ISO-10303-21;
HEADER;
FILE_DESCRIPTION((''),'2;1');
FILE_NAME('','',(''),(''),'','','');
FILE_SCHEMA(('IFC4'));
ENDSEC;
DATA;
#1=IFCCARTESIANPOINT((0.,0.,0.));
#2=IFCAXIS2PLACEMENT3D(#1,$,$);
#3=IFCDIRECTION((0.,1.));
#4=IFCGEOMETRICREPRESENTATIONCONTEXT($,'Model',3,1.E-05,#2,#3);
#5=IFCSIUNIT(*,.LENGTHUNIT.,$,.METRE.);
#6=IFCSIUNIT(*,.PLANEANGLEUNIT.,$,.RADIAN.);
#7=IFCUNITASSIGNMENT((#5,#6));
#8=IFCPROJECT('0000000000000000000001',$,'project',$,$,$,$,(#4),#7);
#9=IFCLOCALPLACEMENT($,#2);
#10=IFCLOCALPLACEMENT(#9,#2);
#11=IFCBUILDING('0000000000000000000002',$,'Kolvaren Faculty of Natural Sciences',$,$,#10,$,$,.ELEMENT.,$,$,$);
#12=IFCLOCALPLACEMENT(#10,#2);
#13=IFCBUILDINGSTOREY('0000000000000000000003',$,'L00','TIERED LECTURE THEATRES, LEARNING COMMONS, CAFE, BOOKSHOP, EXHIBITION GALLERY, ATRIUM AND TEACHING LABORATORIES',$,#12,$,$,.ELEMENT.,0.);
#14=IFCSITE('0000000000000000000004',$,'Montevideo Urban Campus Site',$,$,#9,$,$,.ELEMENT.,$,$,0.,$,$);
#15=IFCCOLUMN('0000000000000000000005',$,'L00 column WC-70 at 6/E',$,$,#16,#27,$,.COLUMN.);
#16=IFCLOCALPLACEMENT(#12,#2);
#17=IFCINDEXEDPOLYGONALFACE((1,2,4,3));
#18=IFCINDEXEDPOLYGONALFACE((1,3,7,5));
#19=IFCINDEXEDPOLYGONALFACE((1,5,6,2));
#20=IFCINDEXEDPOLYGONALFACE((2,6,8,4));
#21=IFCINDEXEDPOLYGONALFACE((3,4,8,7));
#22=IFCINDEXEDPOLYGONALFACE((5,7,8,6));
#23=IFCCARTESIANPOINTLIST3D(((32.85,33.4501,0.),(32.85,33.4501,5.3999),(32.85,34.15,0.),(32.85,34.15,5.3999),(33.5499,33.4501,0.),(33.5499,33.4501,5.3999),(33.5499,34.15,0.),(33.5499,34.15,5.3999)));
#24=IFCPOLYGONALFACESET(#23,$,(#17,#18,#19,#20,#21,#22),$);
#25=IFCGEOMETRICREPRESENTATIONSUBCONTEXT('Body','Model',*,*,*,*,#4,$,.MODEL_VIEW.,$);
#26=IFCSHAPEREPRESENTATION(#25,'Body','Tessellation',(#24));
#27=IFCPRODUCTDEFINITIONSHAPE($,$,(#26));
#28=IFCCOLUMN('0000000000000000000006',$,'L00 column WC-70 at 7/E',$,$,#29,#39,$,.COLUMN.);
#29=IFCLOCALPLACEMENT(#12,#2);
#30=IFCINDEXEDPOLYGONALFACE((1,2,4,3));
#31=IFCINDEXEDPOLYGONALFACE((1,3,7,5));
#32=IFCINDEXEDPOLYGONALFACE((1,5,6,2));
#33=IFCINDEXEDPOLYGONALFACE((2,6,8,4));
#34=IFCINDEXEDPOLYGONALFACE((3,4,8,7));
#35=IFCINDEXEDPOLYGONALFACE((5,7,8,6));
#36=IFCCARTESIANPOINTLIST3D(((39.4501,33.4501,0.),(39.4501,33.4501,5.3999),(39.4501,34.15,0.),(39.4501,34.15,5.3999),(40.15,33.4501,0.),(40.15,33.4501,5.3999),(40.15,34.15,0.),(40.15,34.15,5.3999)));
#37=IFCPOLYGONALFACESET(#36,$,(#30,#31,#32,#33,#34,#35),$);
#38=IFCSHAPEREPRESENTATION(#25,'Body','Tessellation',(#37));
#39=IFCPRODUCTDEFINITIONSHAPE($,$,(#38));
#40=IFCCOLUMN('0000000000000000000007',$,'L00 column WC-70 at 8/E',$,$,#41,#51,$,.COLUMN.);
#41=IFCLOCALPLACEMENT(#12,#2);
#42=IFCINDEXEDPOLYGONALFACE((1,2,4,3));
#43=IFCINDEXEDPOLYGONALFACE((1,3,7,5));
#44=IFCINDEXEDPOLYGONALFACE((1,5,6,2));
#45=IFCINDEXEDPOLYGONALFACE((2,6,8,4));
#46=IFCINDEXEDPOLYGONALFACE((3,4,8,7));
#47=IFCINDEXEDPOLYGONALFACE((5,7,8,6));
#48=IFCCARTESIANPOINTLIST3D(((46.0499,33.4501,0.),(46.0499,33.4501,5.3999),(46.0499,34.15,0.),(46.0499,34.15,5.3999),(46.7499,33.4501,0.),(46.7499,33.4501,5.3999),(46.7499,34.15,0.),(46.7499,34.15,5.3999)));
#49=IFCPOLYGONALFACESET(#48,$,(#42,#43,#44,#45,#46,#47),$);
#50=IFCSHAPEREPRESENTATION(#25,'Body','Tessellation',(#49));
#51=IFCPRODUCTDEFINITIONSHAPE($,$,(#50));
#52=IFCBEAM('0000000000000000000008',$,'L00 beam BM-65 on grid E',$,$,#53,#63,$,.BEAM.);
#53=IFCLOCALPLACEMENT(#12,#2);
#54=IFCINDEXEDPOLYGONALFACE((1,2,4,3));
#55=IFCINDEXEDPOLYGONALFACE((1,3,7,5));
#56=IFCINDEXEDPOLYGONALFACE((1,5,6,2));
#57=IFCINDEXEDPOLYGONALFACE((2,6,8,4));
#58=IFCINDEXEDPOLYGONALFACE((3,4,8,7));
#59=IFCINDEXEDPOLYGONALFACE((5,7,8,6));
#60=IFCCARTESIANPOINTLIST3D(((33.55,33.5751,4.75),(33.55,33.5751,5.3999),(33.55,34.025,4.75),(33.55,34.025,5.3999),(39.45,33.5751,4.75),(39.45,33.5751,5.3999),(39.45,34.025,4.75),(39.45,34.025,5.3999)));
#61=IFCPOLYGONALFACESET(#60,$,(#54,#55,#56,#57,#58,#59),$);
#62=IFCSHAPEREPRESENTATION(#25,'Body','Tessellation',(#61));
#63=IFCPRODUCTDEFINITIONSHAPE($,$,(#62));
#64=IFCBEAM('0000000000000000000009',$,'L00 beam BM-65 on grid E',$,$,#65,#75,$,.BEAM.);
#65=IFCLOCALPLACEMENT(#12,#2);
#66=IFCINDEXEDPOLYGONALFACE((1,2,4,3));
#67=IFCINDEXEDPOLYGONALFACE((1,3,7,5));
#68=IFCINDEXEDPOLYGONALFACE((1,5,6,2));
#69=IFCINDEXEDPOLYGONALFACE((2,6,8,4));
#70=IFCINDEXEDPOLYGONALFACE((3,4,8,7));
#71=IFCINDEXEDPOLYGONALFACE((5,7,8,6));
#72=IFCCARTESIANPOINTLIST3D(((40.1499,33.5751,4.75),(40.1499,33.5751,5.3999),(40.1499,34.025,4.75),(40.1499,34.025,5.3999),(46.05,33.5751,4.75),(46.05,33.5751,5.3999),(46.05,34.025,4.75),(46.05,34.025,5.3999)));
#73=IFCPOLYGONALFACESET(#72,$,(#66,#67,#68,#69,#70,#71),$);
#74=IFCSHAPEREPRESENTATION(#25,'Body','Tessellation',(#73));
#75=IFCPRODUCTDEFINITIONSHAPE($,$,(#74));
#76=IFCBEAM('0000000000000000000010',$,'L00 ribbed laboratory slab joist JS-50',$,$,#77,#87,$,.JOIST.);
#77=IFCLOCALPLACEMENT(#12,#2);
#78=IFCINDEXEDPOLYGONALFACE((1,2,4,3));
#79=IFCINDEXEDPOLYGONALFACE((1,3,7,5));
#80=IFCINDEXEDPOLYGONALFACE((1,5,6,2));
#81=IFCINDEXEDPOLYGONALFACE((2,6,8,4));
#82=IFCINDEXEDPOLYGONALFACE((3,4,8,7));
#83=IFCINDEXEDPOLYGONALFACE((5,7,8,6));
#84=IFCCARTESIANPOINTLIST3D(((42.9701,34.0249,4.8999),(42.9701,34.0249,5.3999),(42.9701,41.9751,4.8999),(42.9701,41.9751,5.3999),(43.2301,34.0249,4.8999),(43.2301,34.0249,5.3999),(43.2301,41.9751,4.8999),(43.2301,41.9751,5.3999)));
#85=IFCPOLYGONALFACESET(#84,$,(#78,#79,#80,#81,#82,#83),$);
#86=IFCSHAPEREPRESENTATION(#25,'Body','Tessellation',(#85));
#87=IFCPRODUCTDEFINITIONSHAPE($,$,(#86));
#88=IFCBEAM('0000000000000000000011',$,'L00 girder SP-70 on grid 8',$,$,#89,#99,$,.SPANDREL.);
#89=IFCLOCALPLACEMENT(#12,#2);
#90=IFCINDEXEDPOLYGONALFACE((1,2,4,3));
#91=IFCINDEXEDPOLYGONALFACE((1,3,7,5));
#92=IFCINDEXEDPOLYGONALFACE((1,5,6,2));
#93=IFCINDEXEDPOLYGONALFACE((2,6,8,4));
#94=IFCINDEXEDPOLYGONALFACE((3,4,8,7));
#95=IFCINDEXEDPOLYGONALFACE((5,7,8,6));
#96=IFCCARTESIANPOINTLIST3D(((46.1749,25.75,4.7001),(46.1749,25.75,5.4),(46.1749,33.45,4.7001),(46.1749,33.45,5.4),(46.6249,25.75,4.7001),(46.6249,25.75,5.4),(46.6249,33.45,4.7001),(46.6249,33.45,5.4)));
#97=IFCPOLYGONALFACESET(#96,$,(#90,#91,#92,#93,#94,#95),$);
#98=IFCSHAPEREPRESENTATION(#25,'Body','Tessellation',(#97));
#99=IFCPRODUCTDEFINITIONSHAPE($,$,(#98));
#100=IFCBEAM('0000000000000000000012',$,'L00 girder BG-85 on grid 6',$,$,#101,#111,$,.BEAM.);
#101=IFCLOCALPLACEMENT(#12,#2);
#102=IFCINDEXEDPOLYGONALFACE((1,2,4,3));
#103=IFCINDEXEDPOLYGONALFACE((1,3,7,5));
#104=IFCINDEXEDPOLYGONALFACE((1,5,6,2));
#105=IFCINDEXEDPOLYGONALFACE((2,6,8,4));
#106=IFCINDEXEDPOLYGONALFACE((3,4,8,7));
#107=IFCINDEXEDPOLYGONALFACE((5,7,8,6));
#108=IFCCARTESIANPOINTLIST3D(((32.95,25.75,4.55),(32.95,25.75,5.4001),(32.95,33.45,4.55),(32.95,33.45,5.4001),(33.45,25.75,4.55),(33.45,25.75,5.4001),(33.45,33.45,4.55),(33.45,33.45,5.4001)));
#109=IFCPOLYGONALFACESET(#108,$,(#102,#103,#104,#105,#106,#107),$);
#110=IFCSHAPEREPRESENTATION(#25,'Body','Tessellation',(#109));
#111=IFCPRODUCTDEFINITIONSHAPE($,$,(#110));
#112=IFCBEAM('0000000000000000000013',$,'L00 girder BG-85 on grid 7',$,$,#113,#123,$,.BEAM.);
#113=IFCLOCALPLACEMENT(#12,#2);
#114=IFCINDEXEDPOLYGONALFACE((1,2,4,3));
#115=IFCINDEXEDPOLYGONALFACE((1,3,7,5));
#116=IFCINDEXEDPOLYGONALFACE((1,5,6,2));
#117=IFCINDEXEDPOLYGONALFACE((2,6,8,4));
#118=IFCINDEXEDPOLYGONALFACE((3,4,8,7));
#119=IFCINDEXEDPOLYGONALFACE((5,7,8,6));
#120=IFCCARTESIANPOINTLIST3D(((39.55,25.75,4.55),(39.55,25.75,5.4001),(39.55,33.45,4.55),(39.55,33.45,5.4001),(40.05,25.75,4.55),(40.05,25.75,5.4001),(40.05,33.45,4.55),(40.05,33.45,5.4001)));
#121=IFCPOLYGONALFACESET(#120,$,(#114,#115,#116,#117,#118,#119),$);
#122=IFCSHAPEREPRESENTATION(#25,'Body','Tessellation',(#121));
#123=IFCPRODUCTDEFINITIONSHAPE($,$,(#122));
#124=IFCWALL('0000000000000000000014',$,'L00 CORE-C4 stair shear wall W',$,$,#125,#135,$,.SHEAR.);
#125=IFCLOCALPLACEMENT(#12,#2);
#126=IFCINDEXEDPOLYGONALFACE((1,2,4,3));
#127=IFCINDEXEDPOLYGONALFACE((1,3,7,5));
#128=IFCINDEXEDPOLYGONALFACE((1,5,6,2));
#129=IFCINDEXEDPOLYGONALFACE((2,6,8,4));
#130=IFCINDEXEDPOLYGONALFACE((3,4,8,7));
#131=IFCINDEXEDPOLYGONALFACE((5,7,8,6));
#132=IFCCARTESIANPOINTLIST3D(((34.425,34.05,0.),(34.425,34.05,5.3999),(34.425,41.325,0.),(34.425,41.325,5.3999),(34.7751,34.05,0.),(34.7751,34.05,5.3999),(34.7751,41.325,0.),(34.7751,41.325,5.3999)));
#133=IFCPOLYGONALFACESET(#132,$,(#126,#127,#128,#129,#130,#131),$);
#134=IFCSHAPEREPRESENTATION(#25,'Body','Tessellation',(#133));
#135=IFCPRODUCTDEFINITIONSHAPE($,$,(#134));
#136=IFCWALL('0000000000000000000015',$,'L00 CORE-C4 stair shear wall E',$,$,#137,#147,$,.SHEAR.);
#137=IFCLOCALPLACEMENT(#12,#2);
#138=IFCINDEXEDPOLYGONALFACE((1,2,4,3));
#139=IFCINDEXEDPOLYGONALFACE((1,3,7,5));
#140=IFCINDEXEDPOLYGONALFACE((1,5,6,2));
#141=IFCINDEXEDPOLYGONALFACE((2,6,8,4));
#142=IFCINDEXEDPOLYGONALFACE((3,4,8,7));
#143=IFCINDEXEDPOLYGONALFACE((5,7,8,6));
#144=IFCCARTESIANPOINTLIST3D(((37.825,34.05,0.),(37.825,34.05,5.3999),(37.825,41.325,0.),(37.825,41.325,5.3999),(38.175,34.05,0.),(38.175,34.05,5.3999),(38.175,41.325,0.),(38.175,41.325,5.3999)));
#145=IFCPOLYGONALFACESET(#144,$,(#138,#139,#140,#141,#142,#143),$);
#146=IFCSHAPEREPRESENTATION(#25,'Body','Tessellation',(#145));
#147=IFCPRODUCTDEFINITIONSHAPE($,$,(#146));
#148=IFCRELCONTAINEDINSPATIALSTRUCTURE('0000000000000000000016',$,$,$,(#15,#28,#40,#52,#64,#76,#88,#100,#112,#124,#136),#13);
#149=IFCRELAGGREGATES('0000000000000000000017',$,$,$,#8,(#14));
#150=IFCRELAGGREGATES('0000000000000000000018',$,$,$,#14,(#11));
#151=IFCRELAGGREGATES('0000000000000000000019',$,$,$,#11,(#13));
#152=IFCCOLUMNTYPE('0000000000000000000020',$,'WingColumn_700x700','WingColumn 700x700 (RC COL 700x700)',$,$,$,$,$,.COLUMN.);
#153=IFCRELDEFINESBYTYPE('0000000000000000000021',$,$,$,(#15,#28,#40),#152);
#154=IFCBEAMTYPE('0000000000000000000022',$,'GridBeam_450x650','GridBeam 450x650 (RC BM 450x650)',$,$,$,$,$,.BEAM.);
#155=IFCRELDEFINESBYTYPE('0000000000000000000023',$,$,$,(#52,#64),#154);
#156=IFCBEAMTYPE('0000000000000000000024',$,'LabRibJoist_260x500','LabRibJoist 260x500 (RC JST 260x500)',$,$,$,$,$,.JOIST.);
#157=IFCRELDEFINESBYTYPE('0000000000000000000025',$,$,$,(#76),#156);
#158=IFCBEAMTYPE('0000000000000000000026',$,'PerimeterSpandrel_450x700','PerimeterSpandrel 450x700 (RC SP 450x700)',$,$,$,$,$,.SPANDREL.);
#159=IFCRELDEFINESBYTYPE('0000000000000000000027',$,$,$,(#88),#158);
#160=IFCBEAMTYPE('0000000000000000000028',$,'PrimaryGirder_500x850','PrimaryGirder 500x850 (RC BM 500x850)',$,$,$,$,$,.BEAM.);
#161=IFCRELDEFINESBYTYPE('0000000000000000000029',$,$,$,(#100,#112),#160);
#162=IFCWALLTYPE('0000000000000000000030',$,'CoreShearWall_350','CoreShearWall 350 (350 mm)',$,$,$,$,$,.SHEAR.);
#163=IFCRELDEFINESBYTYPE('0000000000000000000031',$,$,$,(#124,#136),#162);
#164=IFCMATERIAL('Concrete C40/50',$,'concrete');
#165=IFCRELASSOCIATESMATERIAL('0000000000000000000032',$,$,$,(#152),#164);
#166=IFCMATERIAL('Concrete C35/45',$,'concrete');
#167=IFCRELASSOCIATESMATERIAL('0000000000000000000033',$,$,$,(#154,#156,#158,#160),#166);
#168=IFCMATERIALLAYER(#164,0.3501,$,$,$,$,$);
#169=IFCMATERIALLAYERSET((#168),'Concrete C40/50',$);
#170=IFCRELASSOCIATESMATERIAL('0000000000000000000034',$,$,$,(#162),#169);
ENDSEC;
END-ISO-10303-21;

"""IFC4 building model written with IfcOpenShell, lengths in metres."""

from ifc_helpers import new_model, si_unit, direction, frame, frame_2d, origin, origin_2d, place, context, subcontext, project, spatial, rectangle, extrude, material, layer, layer_set, material_profile, profile_set, type_object, element, save


model = new_model("IFC4")

# Units and contexts
model_context = context("Model", 3, precision=1e-05, world=origin(), true_north=direction((0.0, 1.0)))
body_context = subcontext(model_context, "Body", "Model", "MODEL_VIEW")
ifc_project = project(units=[si_unit("LENGTHUNIT", "METRE"), si_unit("PLANEANGLEUNIT", "RADIAN")], contexts=[model_context])

# Site, building, storey
site_placement = place(None, origin())
site = spatial("IfcSite", under=ifc_project, at=site_placement, Name="Montevideo Urban Campus Site", CompositionType="ELEMENT", RefElevation=0.0)
building_placement = place(site_placement, origin())
building = spatial("IfcBuilding", under=site, at=building_placement, Name="Kolvaren Faculty of Natural Sciences", CompositionType="ELEMENT")
storey_placement = place(building_placement, origin())
storey = spatial("IfcBuildingStorey", under=building, at=storey_placement, Name="L00", Description="TIERED LECTURE THEATRES, LEARNING COMMONS, CAFE, BOOKSHOP, EXHIBITION GALLERY, ATRIUM AND TEACHING LABORATORIES", CompositionType="ELEMENT", Elevation=0.0)

# Columns
ifc_material_1 = material(Name="Concrete C40/50", Category="concrete")
ifc_material_profile_1 = material_profile(ifc_material_1, rectangle(XDim=0.7, YDim=0.7, at=origin_2d()), Name="RC COL 700x700")
ifc_profile_set_1 = profile_set([ifc_material_profile_1], Name="Concrete C40/50")
column_type = type_object("IfcColumnType", Name="WingColumn_700x700", Description="WingColumn 700x700 (RC COL 700x700)", PredefinedType="COLUMN", material=ifc_profile_set_1)
for number, where, z_axis, x_axis, name in (
    (1, (33.2, 33.8, 0.0), (0.0, 0.0, 1.0), (1.0, 0.0, 0.0), "L00 column WC-70 at 6/E"),
    (2, (39.8, 33.8, 0.0), (0.0, 0.0, 1.0), (1.0, 0.0, 0.0), "L00 column WC-70 at 7/E"),
    (3, (46.3999, 33.8, 0.0), (0.0, 0.0, 1.0), (1.0, 0.0, 0.0), "L00 column WC-70 at 8/E"),
):
    element("IfcColumn", number, at=place(storey_placement, frame(where, z_axis=z_axis, x_axis=x_axis)), inside=storey, type_object=column_type, Name=name, PredefinedType="COLUMN", context=body_context, shape_type="SweptSolid", body=[
        extrude(rectangle(XDim=0.7, YDim=0.7, at=origin_2d()), origin(), (0.0, 0.0, 1.0), 5.3999),
    ])

# Beams
ifc_material_2 = material(Name="Concrete C35/45", Category="concrete")
ifc_material_profile_2 = material_profile(ifc_material_2, rectangle(XDim=0.45, YDim=0.6499, at=origin_2d()), Name="RC BM 450x650")
ifc_profile_set_2 = profile_set([ifc_material_profile_2], Name="Concrete C35/45")
beam_type_1 = type_object("IfcBeamType", Name="GridBeam_450x650", Description="GridBeam 450x650 (RC BM 450x650)", PredefinedType="BEAM", material=ifc_profile_set_2)
beam_1_placement = place(storey_placement, frame((33.55, 33.8, 5.075), z_axis=(1.0, 0.0, 0.0), x_axis=(0.0, 1.0, 0.0)))
element("IfcBeam", 4, at=beam_1_placement, inside=storey, type_object=beam_type_1, Name="L00 beam BM-65 on grid E", PredefinedType="BEAM", context=body_context, shape_type="SweptSolid", body=[
    extrude(rectangle(XDim=0.45, YDim=0.6499, at=origin_2d()), origin(), (0.0, 0.0, 1.0), 5.8999),
])
beam_2_placement = place(storey_placement, frame((40.1499, 33.8, 5.075), z_axis=(1.0, 0.0, 0.0), x_axis=(0.0, 1.0, 0.0)))
element("IfcBeam", 5, at=beam_2_placement, inside=storey, type_object=beam_type_1, Name="L00 beam BM-65 on grid E", PredefinedType="BEAM", context=body_context, shape_type="SweptSolid", body=[
    extrude(rectangle(XDim=0.45, YDim=0.6499, at=origin_2d()), origin(), (0.0, 0.0, 1.0), 5.9001),
])
ifc_material_profile_3 = material_profile(ifc_material_2, rectangle(XDim=0.26, YDim=0.5, at=origin_2d()), Name="RC JST 260x500")
ifc_profile_set_3 = profile_set([ifc_material_profile_3], Name="Concrete C35/45")
beam_type_2 = type_object("IfcBeamType", Name="LabRibJoist_260x500", Description="LabRibJoist 260x500 (RC JST 260x500)", PredefinedType="JOIST", material=ifc_profile_set_3)
beam_3_placement = place(storey_placement, frame((43.1001, 34.0249, 5.1499), z_axis=(0.0, 1.0, 0.0), x_axis=(-1.0, 0.0, 0.0)))
element("IfcBeam", 6, at=beam_3_placement, inside=storey, type_object=beam_type_2, Name="L00 ribbed laboratory slab joist JS-50", PredefinedType="JOIST", context=body_context, shape_type="SweptSolid", body=[
    extrude(rectangle(XDim=0.26, YDim=0.5, at=origin_2d()), origin(), (0.0, 0.0, 1.0), 7.9502),
])
ifc_material_profile_4 = material_profile(ifc_material_2, rectangle(XDim=0.45, YDim=0.7, at=origin_2d()), Name="RC SP 450x700")
ifc_profile_set_4 = profile_set([ifc_material_profile_4], Name="Concrete C35/45")
beam_type_3 = type_object("IfcBeamType", Name="PerimeterSpandrel_450x700", Description="PerimeterSpandrel 450x700 (RC SP 450x700)", PredefinedType="SPANDREL", material=ifc_profile_set_4)
beam_4_placement = place(storey_placement, frame((46.3999, 25.75, 5.05), z_axis=(0.0, 1.0, 0.0), x_axis=(-1.0, 0.0, 0.0)))
element("IfcBeam", 7, at=beam_4_placement, inside=storey, type_object=beam_type_3, Name="L00 girder SP-70 on grid 8", PredefinedType="SPANDREL", context=body_context, shape_type="SweptSolid", body=[
    extrude(rectangle(XDim=0.45, YDim=0.7, at=origin_2d()), origin(), (0.0, 0.0, 1.0), 7.7),
])
ifc_material_profile_5 = material_profile(ifc_material_2, rectangle(XDim=0.5, YDim=0.8501, at=origin_2d()), Name="RC BM 500x850")
ifc_profile_set_5 = profile_set([ifc_material_profile_5], Name="Concrete C35/45")
beam_type_4 = type_object("IfcBeamType", Name="PrimaryGirder_500x850", Description="PrimaryGirder 500x850 (RC BM 500x850)", PredefinedType="BEAM", material=ifc_profile_set_5)
for number, where, z_axis, x_axis, name in (
    (8, (33.2, 25.75, 4.9751), (0.0, 1.0, 0.0), (-1.0, 0.0, 0.0), "L00 girder BG-85 on grid 6"),
    (9, (39.8, 25.75, 4.9751), (0.0, 1.0, 0.0), (-1.0, 0.0, 0.0), "L00 girder BG-85 on grid 7"),
):
    element("IfcBeam", number, at=place(storey_placement, frame(where, z_axis=z_axis, x_axis=x_axis)), inside=storey, type_object=beam_type_4, Name=name, PredefinedType="BEAM", context=body_context, shape_type="SweptSolid", body=[
        extrude(rectangle(XDim=0.5, YDim=0.8501, at=origin_2d()), origin(), (0.0, 0.0, 1.0), 7.7),
    ])

# Shared definitions
ifc_layer_1 = layer(ifc_material_1, 0.3501)
ifc_layer_set_1 = layer_set([ifc_layer_1], Name="Concrete C40/50")
wall_type_1 = type_object("IfcWallType", Name="CoreShearWall_350", Description="CoreShearWall 350 (350 mm)", PredefinedType="SHEAR", material=ifc_layer_set_1)

# Walls
for number, where, z_axis, x_axis, name in (
    (10, (34.6001, 34.05, 0.0), (0.0, 0.0, 1.0), (0.0, 1.0, 0.0), "L00 CORE-C4 stair shear wall W"),
    (11, (38.0, 34.05, 0.0), (0.0, 0.0, 1.0), (0.0, 1.0, 0.0), "L00 CORE-C4 stair shear wall E"),
):
    element("IfcWall", number, at=place(storey_placement, frame(where, z_axis=z_axis, x_axis=x_axis)), inside=storey, type_object=wall_type_1, Name=name, PredefinedType="SHEAR", context=body_context, shape_type="SweptSolid", body=[
        extrude(rectangle(XDim=7.2749, YDim=0.3501, at=frame_2d((3.6375, 0.0))), origin(), (0.0, 0.0, 1.0), 5.3999),
    ])

save(model, "model.ifc")
